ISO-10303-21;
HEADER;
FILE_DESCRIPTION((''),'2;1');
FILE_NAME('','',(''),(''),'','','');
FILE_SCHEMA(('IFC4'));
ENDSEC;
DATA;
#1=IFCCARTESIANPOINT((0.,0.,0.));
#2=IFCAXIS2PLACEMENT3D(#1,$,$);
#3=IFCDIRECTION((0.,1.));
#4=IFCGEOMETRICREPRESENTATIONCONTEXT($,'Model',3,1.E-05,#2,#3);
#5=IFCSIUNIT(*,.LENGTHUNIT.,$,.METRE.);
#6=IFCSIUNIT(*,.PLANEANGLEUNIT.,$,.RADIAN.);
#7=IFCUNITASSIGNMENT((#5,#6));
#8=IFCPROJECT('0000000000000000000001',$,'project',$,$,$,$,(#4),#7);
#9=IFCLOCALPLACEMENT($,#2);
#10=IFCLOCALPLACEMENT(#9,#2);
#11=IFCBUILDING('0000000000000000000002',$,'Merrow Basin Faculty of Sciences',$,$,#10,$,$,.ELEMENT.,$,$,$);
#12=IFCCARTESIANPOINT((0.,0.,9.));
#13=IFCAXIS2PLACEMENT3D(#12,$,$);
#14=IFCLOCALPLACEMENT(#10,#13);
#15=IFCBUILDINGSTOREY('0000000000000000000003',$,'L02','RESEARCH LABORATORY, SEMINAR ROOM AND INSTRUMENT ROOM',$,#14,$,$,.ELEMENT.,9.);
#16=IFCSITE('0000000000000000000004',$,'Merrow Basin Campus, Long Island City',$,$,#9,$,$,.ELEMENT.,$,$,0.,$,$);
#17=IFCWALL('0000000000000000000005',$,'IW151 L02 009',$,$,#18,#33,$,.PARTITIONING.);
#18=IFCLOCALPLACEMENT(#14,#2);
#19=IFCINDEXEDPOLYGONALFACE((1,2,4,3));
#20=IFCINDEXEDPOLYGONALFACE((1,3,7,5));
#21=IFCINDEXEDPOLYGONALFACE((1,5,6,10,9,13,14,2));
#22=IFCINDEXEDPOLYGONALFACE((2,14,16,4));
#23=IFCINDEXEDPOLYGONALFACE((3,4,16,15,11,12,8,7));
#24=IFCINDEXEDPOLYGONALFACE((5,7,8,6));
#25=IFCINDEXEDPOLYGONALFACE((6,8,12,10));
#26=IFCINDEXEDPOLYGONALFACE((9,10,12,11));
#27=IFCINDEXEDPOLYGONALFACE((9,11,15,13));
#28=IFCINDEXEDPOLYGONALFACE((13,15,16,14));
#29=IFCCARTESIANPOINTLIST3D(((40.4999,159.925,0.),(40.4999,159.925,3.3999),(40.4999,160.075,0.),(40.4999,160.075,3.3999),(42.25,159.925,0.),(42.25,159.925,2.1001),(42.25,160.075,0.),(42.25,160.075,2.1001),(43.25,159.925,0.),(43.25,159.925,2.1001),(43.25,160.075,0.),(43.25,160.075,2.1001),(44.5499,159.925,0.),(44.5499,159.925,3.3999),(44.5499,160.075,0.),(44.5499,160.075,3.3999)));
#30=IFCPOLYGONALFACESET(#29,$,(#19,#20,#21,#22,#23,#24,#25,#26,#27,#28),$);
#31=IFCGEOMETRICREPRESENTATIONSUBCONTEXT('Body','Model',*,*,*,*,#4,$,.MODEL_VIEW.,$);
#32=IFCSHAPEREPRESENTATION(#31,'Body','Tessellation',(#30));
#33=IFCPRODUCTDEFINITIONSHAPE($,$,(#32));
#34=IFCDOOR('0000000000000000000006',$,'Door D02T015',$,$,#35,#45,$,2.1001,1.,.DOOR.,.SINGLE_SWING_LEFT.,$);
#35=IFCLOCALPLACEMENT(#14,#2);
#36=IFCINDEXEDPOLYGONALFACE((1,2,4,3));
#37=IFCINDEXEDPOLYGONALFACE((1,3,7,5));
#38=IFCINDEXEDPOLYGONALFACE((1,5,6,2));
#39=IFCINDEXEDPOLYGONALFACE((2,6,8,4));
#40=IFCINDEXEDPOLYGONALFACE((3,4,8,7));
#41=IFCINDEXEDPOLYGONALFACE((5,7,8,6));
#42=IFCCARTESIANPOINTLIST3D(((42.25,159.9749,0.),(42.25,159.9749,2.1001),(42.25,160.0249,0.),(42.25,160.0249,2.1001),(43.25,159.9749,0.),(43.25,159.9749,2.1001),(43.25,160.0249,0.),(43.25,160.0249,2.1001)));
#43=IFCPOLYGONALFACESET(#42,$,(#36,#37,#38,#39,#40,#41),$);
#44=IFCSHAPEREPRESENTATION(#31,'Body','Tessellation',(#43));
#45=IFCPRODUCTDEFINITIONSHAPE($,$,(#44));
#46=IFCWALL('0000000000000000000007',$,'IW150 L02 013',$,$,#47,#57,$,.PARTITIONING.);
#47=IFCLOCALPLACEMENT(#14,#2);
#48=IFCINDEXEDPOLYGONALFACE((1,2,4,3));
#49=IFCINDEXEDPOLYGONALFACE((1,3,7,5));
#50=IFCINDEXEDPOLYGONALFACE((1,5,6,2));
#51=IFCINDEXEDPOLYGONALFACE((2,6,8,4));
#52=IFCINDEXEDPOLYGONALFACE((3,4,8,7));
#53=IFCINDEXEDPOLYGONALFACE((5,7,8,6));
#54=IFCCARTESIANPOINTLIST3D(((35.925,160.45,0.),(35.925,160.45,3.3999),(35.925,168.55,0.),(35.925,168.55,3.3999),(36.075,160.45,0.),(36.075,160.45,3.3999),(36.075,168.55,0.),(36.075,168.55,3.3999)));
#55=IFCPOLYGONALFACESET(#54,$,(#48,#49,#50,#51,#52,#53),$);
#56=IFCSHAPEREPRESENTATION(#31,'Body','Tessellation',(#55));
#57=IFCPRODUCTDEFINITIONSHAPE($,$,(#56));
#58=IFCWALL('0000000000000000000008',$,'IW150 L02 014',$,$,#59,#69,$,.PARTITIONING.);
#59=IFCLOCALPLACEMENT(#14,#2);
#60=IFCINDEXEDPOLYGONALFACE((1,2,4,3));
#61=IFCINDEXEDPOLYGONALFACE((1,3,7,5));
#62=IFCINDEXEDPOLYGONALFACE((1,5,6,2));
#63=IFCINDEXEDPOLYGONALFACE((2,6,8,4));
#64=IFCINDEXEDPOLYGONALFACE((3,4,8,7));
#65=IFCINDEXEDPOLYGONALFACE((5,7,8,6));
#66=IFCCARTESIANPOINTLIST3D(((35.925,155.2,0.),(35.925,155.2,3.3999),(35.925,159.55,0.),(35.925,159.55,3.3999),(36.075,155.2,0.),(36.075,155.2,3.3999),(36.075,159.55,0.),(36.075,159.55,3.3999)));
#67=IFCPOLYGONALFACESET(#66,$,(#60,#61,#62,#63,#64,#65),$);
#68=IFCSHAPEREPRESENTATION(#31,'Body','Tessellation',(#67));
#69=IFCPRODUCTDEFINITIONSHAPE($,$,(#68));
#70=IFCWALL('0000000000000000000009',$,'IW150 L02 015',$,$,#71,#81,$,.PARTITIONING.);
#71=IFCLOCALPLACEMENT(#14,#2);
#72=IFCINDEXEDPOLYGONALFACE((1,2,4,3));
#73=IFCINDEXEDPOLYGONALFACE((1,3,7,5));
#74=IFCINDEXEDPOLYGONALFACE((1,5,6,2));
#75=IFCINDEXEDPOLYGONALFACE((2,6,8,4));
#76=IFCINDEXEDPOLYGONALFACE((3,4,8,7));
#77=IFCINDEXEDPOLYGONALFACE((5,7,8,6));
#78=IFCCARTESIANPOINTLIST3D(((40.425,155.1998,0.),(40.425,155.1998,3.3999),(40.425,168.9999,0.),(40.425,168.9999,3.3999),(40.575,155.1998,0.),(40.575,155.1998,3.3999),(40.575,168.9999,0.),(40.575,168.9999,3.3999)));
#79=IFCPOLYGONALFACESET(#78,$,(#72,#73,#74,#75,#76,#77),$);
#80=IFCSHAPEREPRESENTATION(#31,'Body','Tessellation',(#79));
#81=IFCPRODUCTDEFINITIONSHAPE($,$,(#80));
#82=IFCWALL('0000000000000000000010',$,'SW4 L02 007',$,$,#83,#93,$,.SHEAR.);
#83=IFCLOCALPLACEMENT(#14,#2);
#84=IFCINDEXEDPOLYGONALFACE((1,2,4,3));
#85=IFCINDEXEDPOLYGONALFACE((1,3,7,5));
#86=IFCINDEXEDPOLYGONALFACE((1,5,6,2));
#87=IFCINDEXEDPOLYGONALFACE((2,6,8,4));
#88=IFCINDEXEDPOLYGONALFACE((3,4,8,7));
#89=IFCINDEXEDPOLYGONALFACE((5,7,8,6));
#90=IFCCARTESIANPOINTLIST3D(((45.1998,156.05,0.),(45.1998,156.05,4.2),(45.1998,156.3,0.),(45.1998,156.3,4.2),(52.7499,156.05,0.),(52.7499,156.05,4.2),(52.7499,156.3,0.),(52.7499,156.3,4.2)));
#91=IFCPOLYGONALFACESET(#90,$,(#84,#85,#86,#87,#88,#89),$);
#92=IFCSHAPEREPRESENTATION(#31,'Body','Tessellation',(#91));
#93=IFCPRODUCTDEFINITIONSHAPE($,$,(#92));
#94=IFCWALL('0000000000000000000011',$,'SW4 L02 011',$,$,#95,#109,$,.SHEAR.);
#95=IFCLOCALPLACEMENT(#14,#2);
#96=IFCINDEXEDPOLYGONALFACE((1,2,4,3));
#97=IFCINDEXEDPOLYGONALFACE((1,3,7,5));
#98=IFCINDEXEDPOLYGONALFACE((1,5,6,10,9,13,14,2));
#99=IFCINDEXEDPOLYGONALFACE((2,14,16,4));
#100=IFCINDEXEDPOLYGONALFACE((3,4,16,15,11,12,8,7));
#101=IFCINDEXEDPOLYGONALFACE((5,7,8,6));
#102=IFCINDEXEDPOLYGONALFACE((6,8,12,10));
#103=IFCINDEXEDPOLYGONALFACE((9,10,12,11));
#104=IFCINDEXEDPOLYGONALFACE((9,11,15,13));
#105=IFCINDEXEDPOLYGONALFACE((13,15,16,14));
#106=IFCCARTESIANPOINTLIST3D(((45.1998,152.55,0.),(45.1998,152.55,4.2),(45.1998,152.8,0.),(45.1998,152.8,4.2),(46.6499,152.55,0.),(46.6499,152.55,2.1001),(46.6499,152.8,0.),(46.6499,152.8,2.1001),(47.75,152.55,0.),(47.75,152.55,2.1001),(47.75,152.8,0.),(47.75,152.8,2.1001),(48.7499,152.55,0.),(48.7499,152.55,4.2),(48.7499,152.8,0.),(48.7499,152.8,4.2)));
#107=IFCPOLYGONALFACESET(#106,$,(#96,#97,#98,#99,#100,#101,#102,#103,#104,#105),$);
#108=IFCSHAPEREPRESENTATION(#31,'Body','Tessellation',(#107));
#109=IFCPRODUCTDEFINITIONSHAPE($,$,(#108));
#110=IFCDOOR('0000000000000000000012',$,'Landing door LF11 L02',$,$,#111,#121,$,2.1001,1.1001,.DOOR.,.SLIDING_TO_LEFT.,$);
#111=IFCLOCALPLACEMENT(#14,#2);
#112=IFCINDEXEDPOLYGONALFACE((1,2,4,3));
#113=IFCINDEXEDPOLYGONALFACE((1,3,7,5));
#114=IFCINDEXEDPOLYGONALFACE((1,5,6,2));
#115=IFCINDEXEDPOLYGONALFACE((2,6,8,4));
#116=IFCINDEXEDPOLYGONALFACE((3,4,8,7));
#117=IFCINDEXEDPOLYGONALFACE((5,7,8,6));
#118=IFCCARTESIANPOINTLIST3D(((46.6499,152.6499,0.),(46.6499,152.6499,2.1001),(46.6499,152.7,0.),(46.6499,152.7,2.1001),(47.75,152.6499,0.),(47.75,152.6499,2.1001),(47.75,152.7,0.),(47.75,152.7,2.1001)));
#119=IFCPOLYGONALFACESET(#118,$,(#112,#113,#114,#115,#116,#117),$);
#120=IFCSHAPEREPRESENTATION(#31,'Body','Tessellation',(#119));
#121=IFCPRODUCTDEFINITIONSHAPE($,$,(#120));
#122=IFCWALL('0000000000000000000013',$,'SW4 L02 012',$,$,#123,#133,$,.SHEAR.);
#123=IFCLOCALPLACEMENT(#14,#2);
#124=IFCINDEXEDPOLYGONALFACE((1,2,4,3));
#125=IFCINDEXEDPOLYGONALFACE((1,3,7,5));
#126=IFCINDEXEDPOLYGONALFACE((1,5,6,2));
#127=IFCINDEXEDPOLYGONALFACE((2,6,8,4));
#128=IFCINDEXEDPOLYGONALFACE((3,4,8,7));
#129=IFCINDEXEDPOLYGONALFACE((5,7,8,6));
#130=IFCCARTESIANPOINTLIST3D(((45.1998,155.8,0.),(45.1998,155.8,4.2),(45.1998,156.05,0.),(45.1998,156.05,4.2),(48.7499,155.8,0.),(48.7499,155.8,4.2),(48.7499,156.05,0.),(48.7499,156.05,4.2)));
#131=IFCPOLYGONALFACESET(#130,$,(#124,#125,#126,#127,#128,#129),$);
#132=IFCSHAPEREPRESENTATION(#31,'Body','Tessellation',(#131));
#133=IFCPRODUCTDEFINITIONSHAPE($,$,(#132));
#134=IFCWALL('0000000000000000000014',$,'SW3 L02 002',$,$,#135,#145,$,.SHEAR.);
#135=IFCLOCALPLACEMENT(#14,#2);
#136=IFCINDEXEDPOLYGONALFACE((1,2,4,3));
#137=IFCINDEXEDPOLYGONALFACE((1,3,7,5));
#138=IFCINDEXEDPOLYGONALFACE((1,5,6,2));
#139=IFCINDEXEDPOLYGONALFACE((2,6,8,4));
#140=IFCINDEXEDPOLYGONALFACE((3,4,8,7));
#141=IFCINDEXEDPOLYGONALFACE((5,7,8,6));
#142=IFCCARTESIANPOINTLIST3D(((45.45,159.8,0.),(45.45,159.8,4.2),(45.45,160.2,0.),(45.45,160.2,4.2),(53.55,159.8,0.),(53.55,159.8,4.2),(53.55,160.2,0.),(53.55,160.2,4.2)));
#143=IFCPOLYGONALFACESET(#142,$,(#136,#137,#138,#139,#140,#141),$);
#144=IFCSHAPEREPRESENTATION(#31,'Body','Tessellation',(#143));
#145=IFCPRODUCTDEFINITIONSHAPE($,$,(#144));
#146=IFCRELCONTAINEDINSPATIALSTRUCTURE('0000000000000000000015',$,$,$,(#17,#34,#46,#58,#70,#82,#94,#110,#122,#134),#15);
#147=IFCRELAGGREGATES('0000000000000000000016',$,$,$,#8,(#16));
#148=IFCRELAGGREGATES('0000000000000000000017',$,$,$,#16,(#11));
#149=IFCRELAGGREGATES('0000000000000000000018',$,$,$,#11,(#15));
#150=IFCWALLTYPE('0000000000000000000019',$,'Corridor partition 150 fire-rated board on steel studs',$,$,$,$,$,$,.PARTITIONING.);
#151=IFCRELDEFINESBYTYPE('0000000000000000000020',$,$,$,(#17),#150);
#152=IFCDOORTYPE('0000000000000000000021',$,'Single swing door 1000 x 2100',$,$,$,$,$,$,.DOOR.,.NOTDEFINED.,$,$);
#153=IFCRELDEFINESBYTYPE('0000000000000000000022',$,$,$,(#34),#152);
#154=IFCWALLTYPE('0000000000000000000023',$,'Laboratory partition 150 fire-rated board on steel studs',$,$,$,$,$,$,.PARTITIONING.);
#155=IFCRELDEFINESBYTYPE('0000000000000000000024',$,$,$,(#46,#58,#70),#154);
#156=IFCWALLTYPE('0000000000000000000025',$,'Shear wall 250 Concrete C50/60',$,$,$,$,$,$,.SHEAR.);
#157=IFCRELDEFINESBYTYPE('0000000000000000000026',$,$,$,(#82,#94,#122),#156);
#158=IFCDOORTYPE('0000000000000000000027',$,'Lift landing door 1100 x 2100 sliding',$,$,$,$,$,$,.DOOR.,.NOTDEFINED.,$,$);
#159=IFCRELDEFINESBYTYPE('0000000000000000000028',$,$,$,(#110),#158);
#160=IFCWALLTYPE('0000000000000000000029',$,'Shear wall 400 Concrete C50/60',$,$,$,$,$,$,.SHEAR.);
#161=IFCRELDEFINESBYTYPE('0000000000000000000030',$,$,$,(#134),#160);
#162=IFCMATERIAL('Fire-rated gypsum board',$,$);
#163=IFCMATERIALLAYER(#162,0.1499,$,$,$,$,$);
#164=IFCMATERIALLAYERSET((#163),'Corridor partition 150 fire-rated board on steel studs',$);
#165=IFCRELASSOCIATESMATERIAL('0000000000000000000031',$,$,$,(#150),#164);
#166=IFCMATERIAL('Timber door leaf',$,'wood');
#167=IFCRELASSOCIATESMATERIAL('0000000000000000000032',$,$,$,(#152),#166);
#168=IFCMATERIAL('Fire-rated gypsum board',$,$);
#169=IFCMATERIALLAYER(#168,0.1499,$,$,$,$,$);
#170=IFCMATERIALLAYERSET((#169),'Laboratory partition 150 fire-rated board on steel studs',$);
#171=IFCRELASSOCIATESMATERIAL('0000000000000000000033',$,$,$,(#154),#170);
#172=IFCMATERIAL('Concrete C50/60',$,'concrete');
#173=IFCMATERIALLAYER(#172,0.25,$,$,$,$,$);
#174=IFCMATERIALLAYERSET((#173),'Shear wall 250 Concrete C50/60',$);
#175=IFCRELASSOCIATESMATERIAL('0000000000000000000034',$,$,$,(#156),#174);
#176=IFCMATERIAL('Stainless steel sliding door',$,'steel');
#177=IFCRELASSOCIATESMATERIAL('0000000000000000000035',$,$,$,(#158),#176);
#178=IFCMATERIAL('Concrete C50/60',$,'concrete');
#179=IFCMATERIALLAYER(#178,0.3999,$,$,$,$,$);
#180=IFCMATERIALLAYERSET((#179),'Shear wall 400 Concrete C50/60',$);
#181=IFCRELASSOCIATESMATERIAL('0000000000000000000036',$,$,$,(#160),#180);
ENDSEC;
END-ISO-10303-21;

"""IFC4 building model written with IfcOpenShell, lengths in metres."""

from ifc_helpers import new_model, si_unit, direction, frame, frame_2d, origin, place, context, subcontext, project, spatial, rectangle, extrude, material, layer, layer_set, type_object, element, fill, save


model = new_model("IFC4")

# Units and contexts
model_context = context("Model", 3, precision=1e-05, world=origin(), true_north=direction((0.0, 1.0)))
body_context = subcontext(model_context, "Body", "Model", "MODEL_VIEW")
ifc_project = project(units=[si_unit("LENGTHUNIT", "METRE"), si_unit("PLANEANGLEUNIT", "RADIAN")], contexts=[model_context])

# Site, building, storey
site_placement = place(None, origin())
site = spatial("IfcSite", under=ifc_project, at=site_placement, Name="Merrow Basin Campus, Long Island City", CompositionType="ELEMENT", RefElevation=0.0)
building_placement = place(site_placement, origin())
building = spatial("IfcBuilding", under=site, at=building_placement, Name="Merrow Basin Faculty of Sciences", CompositionType="ELEMENT")
storey_placement = place(building_placement, frame((0.0, 0.0, 9.0)))
storey = spatial("IfcBuildingStorey", under=building, at=storey_placement, Name="L02", Description="RESEARCH LABORATORY, SEMINAR ROOM AND INSTRUMENT ROOM", CompositionType="ELEMENT", Elevation=9.0)

# Shared definitions
ifc_material_1 = material(Name="Fire-rated gypsum board")
ifc_layer_1 = layer(ifc_material_1, 0.1499)
ifc_layer_set_1 = layer_set([ifc_layer_1], Name="Corridor partition 150 fire-rated board on steel studs")
wall_type_1 = type_object("IfcWallType", Name="Corridor partition 150 fire-rated board on steel studs", PredefinedType="PARTITIONING", material=ifc_layer_set_1)

# Wall, opening, door
wall_1_placement = place(storey_placement, frame((40.5, 160.0, 0.0), z_axis=(0.0, 0.0, 1.0), x_axis=(1.0, 0.0, 0.0)))
wall_1 = element("IfcWall", 1, at=wall_1_placement, inside=storey, type_object=wall_type_1, Name="IW151 L02 009", PredefinedType="PARTITIONING", context=body_context, shape_type="SweptSolid", body=[
    extrude(rectangle(XDim=4.05, YDim=0.1499, at=frame_2d((2.0249, 0.0))), origin(), (0.0, 0.0, 1.0), 3.3999),
])
opening_1_placement = place(wall_1_placement, frame((1.75, 0.0, 0.0)))
opening_1 = element("IfcOpeningElement", 2, at=opening_1_placement, cuts=wall_1, PredefinedType="OPENING", context=body_context, shape_type="SweptSolid", body=[
    extrude(rectangle(XDim=1.0, YDim=2.1001, at=frame_2d((0.5, 1.05))), frame((0.0, 0.085, 0.0), z_axis=(0.0, -1.0, 0.0), x_axis=(1.0, 0.0, 0.0)), (0.0, 0.0, 1.0), 0.1699),
])
ifc_material_2 = material(Name="Timber door leaf", Category="wood")
door_type_1 = type_object("IfcDoorType", Name="Single swing door 1000 x 2100", OperationType="NOTDEFINED", PredefinedType="DOOR", material=ifc_material_2)
door_1_placement = place(opening_1_placement, origin())
door_1 = element("IfcDoor", 3, at=door_1_placement, inside=storey, type_object=door_type_1, Name="Door D02T015", OperationType="SINGLE_SWING_LEFT", OverallHeight=2.1001, OverallWidth=1.0, PredefinedType="DOOR", context=body_context, shape_type="SweptSolid", body=[
    extrude(rectangle(XDim=1.0, YDim=2.1001, at=frame_2d((0.5, 1.05))), frame((0.0, 0.0249, 0.0), z_axis=(0.0, -1.0, 0.0), x_axis=(1.0, 0.0, 0.0)), (0.0, 0.0, 1.0), 0.05),
])
fill(opening_1, door_1)

# Walls
ifc_material_3 = material(Name="Fire-rated gypsum board")
ifc_layer_2 = layer(ifc_material_3, 0.1499)
ifc_layer_set_2 = layer_set([ifc_layer_2], Name="Laboratory partition 150 fire-rated board on steel studs")
wall_type_2 = type_object("IfcWallType", Name="Laboratory partition 150 fire-rated board on steel studs", PredefinedType="PARTITIONING", material=ifc_layer_set_2)
wall_2_placement = place(storey_placement, frame((36.0, 160.45, 0.0), z_axis=(0.0, 0.0, 1.0), x_axis=(0.0, 1.0, 0.0)))
element("IfcWall", 4, at=wall_2_placement, inside=storey, type_object=wall_type_2, Name="IW150 L02 013", PredefinedType="PARTITIONING", context=body_context, shape_type="SweptSolid", body=[
    extrude(rectangle(XDim=8.1001, YDim=0.1499, at=frame_2d((4.05, 0.0))), origin(), (0.0, 0.0, 1.0), 3.3999),
])
wall_3_placement = place(storey_placement, frame((36.0, 155.2, 0.0), z_axis=(0.0, 0.0, 1.0), x_axis=(0.0, 1.0, 0.0)))
element("IfcWall", 5, at=wall_3_placement, inside=storey, type_object=wall_type_2, Name="IW150 L02 014", PredefinedType="PARTITIONING", context=body_context, shape_type="SweptSolid", body=[
    extrude(rectangle(XDim=4.3501, YDim=0.1499, at=frame_2d((2.175, 0.0))), origin(), (0.0, 0.0, 1.0), 3.3999),
])
wall_4_placement = place(storey_placement, frame((40.5, 155.2, 0.0), z_axis=(0.0, 0.0, 1.0), x_axis=(0.0, 1.0, 0.0)))
element("IfcWall", 6, at=wall_4_placement, inside=storey, type_object=wall_type_2, Name="IW150 L02 015", PredefinedType="PARTITIONING", context=body_context, shape_type="SweptSolid", body=[
    extrude(rectangle(XDim=13.8, YDim=0.1499, at=frame_2d((6.8999, 0.0))), origin(), (0.0, 0.0, 1.0), 3.3999),
])
ifc_material_4 = material(Name="Concrete C50/60", Category="concrete")
ifc_layer_3 = layer(ifc_material_4, 0.25)
ifc_layer_set_3 = layer_set([ifc_layer_3], Name="Shear wall 250 Concrete C50/60")
wall_type_3 = type_object("IfcWallType", Name="Shear wall 250 Concrete C50/60", PredefinedType="SHEAR", material=ifc_layer_set_3)
wall_5_placement = place(storey_placement, frame((45.2, 156.175, 0.0), z_axis=(0.0, 0.0, 1.0), x_axis=(1.0, 0.0, 0.0)))
element("IfcWall", 7, at=wall_5_placement, inside=storey, type_object=wall_type_3, Name="SW4 L02 007", PredefinedType="SHEAR", context=body_context, shape_type="SweptSolid", body=[
    extrude(rectangle(XDim=7.55, YDim=0.25, at=frame_2d((3.7749, 0.0))), origin(), (0.0, 0.0, 1.0), 4.2),
])

# Wall, opening, door
wall_6_placement = place(storey_placement, frame((45.2, 152.675, 0.0), z_axis=(0.0, 0.0, 1.0), x_axis=(1.0, 0.0, 0.0)))
wall_6 = element("IfcWall", 8, at=wall_6_placement, inside=storey, type_object=wall_type_3, Name="SW4 L02 011", PredefinedType="SHEAR", context=body_context, shape_type="SweptSolid", body=[
    extrude(rectangle(XDim=3.55, YDim=0.25, at=frame_2d((1.7749, 0.0))), origin(), (0.0, 0.0, 1.0), 4.2),
])
opening_2_placement = place(wall_6_placement, frame((1.45, 0.0, 0.0)))
opening_2 = element("IfcOpeningElement", 9, at=opening_2_placement, cuts=wall_6, PredefinedType="OPENING", context=body_context, shape_type="SweptSolid", body=[
    extrude(rectangle(XDim=1.1001, YDim=2.1001, at=frame_2d((0.55, 1.05))), frame((0.0, 0.135, 0.0), z_axis=(0.0, -1.0, 0.0), x_axis=(1.0, 0.0, 0.0)), (0.0, 0.0, 1.0), 0.27),
])
ifc_material_5 = material(Name="Stainless steel sliding door", Category="steel")
door_type_2 = type_object("IfcDoorType", Name="Lift landing door 1100 x 2100 sliding", OperationType="NOTDEFINED", PredefinedType="DOOR", material=ifc_material_5)
door_2_placement = place(opening_2_placement, origin())
door_2 = element("IfcDoor", 10, at=door_2_placement, inside=storey, type_object=door_type_2, Name="Landing door LF11 L02", OperationType="SLIDING_TO_LEFT", OverallHeight=2.1001, OverallWidth=1.1001, PredefinedType="DOOR", context=body_context, shape_type="SweptSolid", body=[
    extrude(rectangle(XDim=1.1001, YDim=2.1001, at=frame_2d((0.55, 1.05))), frame((0.0, 0.0249, 0.0), z_axis=(0.0, -1.0, 0.0), x_axis=(1.0, 0.0, 0.0)), (0.0, 0.0, 1.0), 0.05),
])
fill(opening_2, door_2)

# Walls
wall_7_placement = place(storey_placement, frame((45.2, 155.925, 0.0), z_axis=(0.0, 0.0, 1.0), x_axis=(1.0, 0.0, 0.0)))
element("IfcWall", 11, at=wall_7_placement, inside=storey, type_object=wall_type_3, Name="SW4 L02 012", PredefinedType="SHEAR", context=body_context, shape_type="SweptSolid", body=[
    extrude(rectangle(XDim=3.55, YDim=0.25, at=frame_2d((1.7749, 0.0))), origin(), (0.0, 0.0, 1.0), 4.2),
])
ifc_material_6 = material(Name="Concrete C50/60", Category="concrete")
ifc_layer_4 = layer(ifc_material_6, 0.3999)
ifc_layer_set_4 = layer_set([ifc_layer_4], Name="Shear wall 400 Concrete C50/60")
wall_type_4 = type_object("IfcWallType", Name="Shear wall 400 Concrete C50/60", PredefinedType="SHEAR", material=ifc_layer_set_4)
wall_8_placement = place(storey_placement, frame((45.45, 160.0, 0.0), z_axis=(0.0, 0.0, 1.0), x_axis=(1.0, 0.0, 0.0)))
element("IfcWall", 12, at=wall_8_placement, inside=storey, type_object=wall_type_4, Name="SW3 L02 002", PredefinedType="SHEAR", context=body_context, shape_type="SweptSolid", body=[
    extrude(rectangle(XDim=8.1001, YDim=0.3999, at=frame_2d((4.05, 0.0))), origin(), (0.0, 0.0, 1.0), 4.2),
])

save(model, "model.ifc")
